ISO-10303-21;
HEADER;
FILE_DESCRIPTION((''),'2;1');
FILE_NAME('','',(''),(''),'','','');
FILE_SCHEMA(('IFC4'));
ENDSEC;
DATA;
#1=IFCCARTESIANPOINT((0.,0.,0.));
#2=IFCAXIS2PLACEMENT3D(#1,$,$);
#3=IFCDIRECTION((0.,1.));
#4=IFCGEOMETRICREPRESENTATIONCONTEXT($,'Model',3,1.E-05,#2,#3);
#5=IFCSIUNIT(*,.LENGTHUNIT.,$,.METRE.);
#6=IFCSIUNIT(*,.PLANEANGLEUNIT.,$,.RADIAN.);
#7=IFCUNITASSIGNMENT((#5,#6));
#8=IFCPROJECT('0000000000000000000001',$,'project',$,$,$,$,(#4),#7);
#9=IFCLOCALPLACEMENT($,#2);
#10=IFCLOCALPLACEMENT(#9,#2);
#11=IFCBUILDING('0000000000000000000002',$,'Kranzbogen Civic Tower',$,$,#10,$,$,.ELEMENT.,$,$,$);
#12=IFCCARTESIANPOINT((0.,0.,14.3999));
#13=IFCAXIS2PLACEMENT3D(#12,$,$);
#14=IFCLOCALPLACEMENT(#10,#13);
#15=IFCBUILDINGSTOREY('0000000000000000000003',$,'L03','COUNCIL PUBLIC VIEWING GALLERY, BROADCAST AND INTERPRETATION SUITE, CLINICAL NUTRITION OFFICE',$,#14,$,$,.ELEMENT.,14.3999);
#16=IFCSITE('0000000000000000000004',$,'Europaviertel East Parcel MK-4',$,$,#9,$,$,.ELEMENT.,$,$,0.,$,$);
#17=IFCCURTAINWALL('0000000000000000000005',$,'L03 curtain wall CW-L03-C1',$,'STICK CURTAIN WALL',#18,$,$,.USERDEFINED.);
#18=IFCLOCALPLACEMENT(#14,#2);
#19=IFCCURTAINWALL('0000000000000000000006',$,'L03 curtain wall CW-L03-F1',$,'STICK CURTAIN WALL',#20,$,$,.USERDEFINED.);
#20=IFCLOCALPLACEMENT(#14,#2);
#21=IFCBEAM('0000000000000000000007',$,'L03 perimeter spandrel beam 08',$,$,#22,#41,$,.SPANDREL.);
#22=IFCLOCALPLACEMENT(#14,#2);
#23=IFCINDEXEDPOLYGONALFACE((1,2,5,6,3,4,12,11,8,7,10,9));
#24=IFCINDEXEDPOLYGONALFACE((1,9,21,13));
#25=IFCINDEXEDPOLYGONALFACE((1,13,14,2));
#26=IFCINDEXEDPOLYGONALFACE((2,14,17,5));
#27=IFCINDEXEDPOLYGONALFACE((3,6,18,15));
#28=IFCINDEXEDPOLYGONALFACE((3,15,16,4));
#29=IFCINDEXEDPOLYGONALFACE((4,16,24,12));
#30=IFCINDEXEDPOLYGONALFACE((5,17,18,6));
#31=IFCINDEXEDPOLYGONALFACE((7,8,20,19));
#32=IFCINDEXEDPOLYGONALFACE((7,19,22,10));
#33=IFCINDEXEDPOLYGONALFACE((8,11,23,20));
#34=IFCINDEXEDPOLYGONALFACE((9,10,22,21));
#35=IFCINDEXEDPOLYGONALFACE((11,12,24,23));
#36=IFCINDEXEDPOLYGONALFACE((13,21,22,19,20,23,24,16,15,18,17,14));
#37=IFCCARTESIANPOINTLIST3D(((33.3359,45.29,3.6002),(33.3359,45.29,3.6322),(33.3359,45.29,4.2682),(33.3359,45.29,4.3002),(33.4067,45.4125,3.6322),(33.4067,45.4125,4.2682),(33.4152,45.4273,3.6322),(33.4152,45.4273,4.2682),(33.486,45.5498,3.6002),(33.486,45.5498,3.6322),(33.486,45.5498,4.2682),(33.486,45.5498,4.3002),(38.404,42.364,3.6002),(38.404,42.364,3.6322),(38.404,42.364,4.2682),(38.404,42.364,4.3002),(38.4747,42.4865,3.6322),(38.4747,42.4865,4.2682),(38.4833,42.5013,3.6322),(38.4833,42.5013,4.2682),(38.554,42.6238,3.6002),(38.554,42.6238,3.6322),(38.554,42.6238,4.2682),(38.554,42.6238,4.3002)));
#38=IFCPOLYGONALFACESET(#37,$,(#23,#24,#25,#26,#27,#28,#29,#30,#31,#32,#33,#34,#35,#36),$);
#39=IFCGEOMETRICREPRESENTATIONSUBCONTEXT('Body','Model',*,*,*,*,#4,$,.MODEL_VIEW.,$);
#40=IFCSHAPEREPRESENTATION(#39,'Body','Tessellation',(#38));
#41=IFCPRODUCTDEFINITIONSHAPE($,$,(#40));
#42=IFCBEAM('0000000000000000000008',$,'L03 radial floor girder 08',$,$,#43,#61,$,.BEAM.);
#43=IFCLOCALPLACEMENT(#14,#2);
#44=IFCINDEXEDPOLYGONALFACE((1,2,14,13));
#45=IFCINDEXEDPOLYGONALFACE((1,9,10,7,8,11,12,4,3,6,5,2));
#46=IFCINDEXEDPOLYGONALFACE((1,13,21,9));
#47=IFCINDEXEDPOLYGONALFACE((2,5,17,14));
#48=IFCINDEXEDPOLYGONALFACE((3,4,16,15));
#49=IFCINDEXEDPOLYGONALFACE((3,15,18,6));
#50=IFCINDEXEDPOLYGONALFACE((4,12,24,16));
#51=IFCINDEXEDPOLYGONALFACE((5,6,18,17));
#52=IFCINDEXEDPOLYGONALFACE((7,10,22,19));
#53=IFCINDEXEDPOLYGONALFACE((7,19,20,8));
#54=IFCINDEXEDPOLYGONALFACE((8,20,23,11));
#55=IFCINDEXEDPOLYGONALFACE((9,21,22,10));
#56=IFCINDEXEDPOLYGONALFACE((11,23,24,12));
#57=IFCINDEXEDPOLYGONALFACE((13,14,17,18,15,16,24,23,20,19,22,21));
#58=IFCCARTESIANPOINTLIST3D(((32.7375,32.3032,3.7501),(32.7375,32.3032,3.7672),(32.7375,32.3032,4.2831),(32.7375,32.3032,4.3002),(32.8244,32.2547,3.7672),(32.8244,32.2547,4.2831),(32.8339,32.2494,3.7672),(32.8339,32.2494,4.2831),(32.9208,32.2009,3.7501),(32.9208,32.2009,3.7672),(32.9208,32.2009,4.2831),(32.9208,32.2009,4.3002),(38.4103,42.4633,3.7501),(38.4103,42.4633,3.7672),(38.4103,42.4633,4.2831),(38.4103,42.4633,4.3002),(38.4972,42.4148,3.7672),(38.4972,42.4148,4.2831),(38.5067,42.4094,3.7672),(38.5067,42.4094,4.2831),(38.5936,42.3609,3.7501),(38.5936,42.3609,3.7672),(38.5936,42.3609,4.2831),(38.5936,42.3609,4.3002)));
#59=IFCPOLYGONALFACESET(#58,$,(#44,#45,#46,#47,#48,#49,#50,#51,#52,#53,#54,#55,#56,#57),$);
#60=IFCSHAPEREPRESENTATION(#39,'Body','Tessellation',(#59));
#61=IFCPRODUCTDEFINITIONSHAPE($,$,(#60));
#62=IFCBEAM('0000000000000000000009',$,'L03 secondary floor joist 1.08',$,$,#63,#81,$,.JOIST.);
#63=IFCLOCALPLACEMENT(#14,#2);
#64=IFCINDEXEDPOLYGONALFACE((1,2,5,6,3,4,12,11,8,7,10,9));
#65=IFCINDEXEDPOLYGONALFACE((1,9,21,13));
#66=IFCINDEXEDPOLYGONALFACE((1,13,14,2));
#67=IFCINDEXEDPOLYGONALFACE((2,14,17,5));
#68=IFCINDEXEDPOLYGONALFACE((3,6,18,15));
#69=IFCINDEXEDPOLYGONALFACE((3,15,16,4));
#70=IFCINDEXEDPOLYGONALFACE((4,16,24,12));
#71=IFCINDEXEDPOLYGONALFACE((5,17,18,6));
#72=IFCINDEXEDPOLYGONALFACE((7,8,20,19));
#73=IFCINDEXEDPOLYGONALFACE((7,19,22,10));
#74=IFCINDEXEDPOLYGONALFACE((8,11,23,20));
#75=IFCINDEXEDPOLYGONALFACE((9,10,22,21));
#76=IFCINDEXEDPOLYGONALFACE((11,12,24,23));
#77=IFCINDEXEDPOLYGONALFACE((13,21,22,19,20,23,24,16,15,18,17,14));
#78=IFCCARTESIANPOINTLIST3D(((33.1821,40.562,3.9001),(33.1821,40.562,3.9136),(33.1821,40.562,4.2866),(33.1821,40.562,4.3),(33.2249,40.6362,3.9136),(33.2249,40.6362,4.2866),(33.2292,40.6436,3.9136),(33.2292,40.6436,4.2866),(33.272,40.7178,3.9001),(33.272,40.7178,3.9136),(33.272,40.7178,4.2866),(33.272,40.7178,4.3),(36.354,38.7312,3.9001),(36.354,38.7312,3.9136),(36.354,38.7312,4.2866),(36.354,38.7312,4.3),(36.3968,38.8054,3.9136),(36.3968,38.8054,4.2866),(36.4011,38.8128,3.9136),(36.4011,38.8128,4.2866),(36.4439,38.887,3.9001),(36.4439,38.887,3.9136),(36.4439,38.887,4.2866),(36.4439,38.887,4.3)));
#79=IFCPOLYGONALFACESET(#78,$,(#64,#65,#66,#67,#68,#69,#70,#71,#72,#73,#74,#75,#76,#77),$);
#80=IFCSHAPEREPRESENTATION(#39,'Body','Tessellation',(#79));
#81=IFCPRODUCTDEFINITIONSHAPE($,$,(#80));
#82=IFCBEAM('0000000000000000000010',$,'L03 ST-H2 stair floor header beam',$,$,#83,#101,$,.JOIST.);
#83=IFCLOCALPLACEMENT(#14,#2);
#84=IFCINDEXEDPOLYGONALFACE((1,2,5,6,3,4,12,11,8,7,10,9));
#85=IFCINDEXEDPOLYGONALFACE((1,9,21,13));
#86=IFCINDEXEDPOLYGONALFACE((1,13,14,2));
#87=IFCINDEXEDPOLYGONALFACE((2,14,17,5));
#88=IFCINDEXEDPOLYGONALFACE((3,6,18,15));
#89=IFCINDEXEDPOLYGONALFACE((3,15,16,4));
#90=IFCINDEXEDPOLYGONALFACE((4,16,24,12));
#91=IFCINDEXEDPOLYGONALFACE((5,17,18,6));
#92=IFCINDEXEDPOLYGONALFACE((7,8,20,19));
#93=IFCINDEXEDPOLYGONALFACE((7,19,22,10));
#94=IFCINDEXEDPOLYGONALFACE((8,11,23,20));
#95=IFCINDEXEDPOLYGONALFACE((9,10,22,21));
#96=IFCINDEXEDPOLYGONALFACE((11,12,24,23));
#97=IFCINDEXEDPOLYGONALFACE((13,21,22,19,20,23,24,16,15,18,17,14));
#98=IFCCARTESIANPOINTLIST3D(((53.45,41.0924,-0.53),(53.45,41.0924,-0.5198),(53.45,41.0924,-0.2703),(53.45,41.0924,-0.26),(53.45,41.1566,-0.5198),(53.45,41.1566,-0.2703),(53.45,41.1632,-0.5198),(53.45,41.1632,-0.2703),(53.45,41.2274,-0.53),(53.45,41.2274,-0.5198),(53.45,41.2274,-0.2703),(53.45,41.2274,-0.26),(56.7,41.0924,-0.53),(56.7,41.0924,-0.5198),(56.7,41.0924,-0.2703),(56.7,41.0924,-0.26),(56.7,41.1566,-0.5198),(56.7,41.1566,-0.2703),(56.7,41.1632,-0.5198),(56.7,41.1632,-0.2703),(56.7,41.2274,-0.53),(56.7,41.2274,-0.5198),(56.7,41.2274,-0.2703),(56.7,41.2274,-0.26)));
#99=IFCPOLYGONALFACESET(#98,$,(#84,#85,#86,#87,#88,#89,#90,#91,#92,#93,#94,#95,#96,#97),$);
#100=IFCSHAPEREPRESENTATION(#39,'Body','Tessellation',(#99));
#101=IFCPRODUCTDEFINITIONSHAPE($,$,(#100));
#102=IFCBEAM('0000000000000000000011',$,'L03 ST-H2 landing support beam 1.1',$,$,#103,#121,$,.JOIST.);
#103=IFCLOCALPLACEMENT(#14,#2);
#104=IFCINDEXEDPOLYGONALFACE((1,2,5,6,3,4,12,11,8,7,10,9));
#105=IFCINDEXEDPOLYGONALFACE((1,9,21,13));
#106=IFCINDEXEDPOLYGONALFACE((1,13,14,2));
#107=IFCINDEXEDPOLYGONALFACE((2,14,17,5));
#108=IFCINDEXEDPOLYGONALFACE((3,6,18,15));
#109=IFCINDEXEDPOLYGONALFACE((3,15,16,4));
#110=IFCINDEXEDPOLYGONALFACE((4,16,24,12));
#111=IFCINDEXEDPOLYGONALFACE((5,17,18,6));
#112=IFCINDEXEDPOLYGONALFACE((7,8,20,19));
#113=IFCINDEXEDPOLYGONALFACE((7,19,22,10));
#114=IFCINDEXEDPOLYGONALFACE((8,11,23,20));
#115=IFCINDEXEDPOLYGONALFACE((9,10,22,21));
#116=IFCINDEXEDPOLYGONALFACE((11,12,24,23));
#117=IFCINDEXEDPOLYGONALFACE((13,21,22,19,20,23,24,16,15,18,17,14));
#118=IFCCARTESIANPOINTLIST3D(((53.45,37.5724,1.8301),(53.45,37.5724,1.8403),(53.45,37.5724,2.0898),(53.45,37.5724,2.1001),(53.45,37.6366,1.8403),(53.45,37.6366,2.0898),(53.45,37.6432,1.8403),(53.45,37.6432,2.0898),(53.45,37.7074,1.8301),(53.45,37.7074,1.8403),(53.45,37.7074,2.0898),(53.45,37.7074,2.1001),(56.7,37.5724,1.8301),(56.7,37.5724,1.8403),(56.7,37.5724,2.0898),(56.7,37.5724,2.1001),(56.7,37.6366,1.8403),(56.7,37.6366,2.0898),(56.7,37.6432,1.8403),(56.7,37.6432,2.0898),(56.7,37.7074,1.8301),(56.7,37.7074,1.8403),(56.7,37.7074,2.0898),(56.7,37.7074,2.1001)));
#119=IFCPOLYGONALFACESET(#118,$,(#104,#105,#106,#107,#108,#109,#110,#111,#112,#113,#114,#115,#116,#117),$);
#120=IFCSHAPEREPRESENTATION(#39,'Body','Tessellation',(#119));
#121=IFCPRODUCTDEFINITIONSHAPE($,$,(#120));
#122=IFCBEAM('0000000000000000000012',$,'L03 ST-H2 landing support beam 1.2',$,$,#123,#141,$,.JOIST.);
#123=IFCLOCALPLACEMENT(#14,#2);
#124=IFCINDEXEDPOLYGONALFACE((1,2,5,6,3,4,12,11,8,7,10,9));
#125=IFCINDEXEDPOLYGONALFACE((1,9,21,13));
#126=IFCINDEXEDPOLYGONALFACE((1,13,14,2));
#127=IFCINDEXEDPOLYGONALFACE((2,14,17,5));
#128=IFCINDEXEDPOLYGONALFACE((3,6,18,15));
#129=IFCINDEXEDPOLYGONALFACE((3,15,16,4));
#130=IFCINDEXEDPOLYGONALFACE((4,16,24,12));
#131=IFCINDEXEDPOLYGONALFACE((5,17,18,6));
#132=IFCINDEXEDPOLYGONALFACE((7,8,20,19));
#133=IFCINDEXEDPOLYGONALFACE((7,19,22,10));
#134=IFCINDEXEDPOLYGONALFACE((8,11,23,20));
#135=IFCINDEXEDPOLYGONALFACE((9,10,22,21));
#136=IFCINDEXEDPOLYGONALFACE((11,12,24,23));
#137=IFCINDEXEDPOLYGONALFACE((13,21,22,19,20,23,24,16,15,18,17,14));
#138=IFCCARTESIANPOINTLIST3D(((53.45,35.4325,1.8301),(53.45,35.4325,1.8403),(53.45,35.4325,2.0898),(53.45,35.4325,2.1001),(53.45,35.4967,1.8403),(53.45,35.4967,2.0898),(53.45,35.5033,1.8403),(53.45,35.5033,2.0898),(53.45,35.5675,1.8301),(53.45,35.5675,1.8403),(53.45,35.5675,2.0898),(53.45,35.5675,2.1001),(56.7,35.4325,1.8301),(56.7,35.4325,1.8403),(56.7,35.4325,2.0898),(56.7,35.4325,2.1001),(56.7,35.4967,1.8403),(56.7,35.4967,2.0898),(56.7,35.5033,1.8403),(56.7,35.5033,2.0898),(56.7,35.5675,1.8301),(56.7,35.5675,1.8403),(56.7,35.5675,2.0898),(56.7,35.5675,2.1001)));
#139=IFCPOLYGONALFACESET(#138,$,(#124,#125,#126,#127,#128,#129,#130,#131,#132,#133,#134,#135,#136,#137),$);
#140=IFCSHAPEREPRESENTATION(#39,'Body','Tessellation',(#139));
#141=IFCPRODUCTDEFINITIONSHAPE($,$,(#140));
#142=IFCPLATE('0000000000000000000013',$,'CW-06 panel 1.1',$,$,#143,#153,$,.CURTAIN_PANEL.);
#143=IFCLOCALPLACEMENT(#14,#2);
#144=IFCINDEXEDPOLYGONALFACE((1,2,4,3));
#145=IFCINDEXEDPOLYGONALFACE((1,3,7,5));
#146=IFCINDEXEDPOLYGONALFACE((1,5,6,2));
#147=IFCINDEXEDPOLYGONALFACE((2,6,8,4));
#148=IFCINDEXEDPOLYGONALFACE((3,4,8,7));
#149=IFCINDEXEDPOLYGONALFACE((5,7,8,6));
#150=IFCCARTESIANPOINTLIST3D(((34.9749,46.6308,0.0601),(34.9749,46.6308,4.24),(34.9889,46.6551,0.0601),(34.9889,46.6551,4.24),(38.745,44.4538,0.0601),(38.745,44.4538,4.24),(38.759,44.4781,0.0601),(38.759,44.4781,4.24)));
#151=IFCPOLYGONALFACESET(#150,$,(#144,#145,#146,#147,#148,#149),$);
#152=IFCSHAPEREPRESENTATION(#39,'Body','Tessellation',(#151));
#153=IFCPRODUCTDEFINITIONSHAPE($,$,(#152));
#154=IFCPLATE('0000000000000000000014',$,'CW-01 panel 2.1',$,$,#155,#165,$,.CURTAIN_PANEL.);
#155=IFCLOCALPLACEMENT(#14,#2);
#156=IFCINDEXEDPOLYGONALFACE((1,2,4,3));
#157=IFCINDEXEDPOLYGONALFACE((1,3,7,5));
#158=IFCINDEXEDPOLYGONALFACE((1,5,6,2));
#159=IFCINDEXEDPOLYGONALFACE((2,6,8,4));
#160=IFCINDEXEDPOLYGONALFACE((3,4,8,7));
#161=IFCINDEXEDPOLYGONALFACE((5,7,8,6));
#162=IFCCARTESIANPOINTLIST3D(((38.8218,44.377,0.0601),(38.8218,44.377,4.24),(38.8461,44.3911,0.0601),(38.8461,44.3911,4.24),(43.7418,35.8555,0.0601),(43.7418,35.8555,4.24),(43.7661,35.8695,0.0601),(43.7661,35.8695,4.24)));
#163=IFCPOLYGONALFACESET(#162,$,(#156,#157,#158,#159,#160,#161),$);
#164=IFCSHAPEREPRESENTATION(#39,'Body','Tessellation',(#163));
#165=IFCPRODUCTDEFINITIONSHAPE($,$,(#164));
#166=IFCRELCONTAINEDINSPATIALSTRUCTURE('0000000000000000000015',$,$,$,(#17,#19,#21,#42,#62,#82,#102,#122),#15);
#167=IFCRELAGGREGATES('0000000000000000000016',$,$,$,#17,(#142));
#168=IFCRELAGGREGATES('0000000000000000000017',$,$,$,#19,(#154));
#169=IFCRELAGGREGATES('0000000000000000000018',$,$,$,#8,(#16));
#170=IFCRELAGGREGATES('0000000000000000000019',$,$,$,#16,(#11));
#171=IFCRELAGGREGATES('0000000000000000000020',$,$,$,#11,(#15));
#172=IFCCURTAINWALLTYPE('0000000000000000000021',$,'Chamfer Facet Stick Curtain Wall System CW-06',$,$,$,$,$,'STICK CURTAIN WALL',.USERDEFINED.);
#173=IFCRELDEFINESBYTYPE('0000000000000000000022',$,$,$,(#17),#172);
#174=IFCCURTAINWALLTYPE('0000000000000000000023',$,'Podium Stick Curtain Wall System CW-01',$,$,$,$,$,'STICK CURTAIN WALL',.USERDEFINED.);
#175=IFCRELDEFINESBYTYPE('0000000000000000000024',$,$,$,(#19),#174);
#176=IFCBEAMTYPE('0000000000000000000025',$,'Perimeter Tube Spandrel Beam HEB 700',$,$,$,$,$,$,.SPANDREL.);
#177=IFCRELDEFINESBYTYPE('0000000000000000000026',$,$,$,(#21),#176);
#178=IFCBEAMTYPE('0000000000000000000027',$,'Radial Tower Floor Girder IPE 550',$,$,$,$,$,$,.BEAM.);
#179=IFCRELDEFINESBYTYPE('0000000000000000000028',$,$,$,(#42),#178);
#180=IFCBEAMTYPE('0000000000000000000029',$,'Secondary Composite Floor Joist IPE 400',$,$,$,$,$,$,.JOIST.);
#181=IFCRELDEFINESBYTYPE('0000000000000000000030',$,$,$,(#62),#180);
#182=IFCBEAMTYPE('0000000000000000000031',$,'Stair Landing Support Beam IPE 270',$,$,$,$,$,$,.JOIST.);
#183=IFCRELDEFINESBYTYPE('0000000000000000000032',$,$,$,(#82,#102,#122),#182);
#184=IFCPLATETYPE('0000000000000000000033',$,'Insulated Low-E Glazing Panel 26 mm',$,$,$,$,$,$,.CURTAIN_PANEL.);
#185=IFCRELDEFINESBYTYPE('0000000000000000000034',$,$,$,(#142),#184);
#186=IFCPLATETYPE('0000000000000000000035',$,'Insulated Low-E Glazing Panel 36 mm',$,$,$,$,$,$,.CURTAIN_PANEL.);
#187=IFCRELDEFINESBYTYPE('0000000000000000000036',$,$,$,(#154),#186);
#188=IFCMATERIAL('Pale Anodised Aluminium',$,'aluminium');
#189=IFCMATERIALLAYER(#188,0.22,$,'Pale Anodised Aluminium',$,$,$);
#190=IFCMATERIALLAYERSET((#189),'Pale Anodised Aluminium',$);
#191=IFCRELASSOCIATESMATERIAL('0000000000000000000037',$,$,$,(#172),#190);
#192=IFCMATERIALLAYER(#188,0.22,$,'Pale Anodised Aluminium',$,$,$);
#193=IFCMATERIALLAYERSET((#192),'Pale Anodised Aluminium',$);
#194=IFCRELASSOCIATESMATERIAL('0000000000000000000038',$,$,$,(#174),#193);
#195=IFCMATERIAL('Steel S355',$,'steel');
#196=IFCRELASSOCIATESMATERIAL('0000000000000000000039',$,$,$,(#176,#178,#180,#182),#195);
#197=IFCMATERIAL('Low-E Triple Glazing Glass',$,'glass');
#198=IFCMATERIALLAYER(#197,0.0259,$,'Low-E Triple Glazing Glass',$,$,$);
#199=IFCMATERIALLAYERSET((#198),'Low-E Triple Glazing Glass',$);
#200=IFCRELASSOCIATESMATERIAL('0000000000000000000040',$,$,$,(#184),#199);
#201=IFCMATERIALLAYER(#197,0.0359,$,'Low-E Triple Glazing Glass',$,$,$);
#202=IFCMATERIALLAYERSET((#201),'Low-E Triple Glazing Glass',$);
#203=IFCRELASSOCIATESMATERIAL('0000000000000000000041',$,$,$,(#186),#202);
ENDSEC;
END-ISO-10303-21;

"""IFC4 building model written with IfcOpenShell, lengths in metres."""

from ifc_helpers import new_model, si_unit, direction, frame, origin, origin_2d, place, context, subcontext, project, spatial, rectangle, i_section, extrude, material, layer, layer_set, material_profile, profile_set, type_object, element, aggregate, save


model = new_model("IFC4")

# Units and contexts
model_context = context("Model", 3, precision=1e-05, world=origin(), true_north=direction((0.0, 1.0)))
body_context = subcontext(model_context, "Body", "Model", "MODEL_VIEW")
ifc_project = project(units=[si_unit("LENGTHUNIT", "METRE"), si_unit("PLANEANGLEUNIT", "RADIAN")], contexts=[model_context])

# Site, building, storey
site_placement = place(None, origin())
site = spatial("IfcSite", under=ifc_project, at=site_placement, Name="Europaviertel East Parcel MK-4", CompositionType="ELEMENT", RefElevation=0.0)
building_placement = place(site_placement, origin())
building = spatial("IfcBuilding", under=site, at=building_placement, Name="Kranzbogen Civic Tower", CompositionType="ELEMENT")
storey_placement = place(building_placement, frame((0.0, 0.0, 14.3999)))
storey = spatial("IfcBuildingStorey", under=building, at=storey_placement, Name="L03", Description="COUNCIL PUBLIC VIEWING GALLERY, BROADCAST AND INTERPRETATION SUITE, CLINICAL NUTRITION OFFICE", CompositionType="ELEMENT", Elevation=14.3999)

# Curtain wall
ifc_material_1 = material(Name="Pale Anodised Aluminium", Category="aluminium")
ifc_layer_1 = layer(ifc_material_1, 0.22, Name="Pale Anodised Aluminium")
ifc_layer_set_1 = layer_set([ifc_layer_1], Name="Pale Anodised Aluminium")
curtain_wall_type_1 = type_object("IfcCurtainWallType", Name="Chamfer Facet Stick Curtain Wall System CW-06", ElementType="STICK CURTAIN WALL", PredefinedType="USERDEFINED", material=ifc_layer_set_1)
curtain_wall_1_placement = place(storey_placement, origin())
curtain_wall_1 = element("IfcCurtainWall", 1, at=curtain_wall_1_placement, inside=storey, type_object=curtain_wall_type_1, Name="L03 curtain wall CW-L03-C1", ObjectType="STICK CURTAIN WALL", PredefinedType="USERDEFINED")

# Curtain wall
ifc_layer_2 = layer(ifc_material_1, 0.22, Name="Pale Anodised Aluminium")
ifc_layer_set_2 = layer_set([ifc_layer_2], Name="Pale Anodised Aluminium")
curtain_wall_type_2 = type_object("IfcCurtainWallType", Name="Podium Stick Curtain Wall System CW-01", ElementType="STICK CURTAIN WALL", PredefinedType="USERDEFINED", material=ifc_layer_set_2)
curtain_wall_2_placement = place(storey_placement, origin())
curtain_wall_2 = element("IfcCurtainWall", 2, at=curtain_wall_2_placement, inside=storey, type_object=curtain_wall_type_2, Name="L03 curtain wall CW-L03-F1", ObjectType="STICK CURTAIN WALL", PredefinedType="USERDEFINED")

# Beams
ifc_material_2 = material(Name="Steel S355", Category="steel")
ifc_material_profile_1 = material_profile(ifc_material_2, i_section(OverallWidth=0.3, OverallDepth=0.7, WebThickness=0.0171, FlangeThickness=0.032, at=origin_2d()), Name="HEB 700")
ifc_profile_set_1 = profile_set([ifc_material_profile_1], Name="Steel S355")
beam_type_1 = type_object("IfcBeamType", Name="Perimeter Tube Spandrel Beam HEB 700", PredefinedType="SPANDREL", material=ifc_profile_set_1)
beam_1_placement = place(storey_placement, frame((38.479, 42.4939, 3.9502), z_axis=(-0.866029, 0.499993, 0.0), x_axis=(-0.499993, -0.866029, 0.0)))
element("IfcBeam", 3, at=beam_1_placement, inside=storey, type_object=beam_type_1, Name="L03 perimeter spandrel beam 08", PredefinedType="SPANDREL", context=body_context, shape_type="SweptSolid", body=[
    extrude(i_section(OverallWidth=0.3, OverallDepth=0.7, WebThickness=0.0171, FlangeThickness=0.032, at=origin_2d()), origin(), (0.0, 0.0, 1.0), 5.8521),
])
ifc_material_profile_2 = material_profile(ifc_material_2, i_section(OverallWidth=0.21, OverallDepth=0.55, WebThickness=0.011, FlangeThickness=0.0171, at=origin_2d()), Name="IPE 550")
ifc_profile_set_2 = profile_set([ifc_material_profile_2], Name="Steel S355")
beam_type_2 = type_object("IfcBeamType", Name="Radial Tower Floor Girder IPE 550", PredefinedType="BEAM", material=ifc_profile_set_2)
beam_2_placement = place(storey_placement, frame((38.502, 42.4121, 4.0251), z_axis=(-0.487502, -0.873122, 0.0), x_axis=(0.873122, -0.487502, 0.0)))
element("IfcBeam", 4, at=beam_2_placement, inside=storey, type_object=beam_type_2, Name="L03 radial floor girder 08", PredefinedType="BEAM", context=body_context, shape_type="SweptSolid", body=[
    extrude(i_section(OverallWidth=0.21, OverallDepth=0.55, WebThickness=0.011, FlangeThickness=0.0171, at=origin_2d()), origin(), (0.0, 0.0, 1.0), 11.6365),
])
ifc_material_profile_3 = material_profile(ifc_material_2, i_section(OverallWidth=0.1799, OverallDepth=0.3999, WebThickness=0.0085, FlangeThickness=0.0134, at=origin_2d()), Name="IPE 400")
ifc_profile_set_3 = profile_set([ifc_material_profile_3], Name="Steel S355")
beam_type_3 = type_object("IfcBeamType", Name="Secondary Composite Floor Joist IPE 400", PredefinedType="JOIST", material=ifc_profile_set_3)
beam_3_placement = place(storey_placement, frame((36.3989, 38.8091, 4.1001), z_axis=(-0.866081, 0.499903, 0.0), x_axis=(-0.499903, -0.866081, 0.0)))
element("IfcBeam", 5, at=beam_3_placement, inside=storey, type_object=beam_type_3, Name="L03 secondary floor joist 1.08", PredefinedType="JOIST", context=body_context, shape_type="SweptSolid", body=[
    extrude(i_section(OverallWidth=0.1799, OverallDepth=0.3999, WebThickness=0.0085, FlangeThickness=0.0134, at=origin_2d()), origin(), (0.0, 0.0, 1.0), 3.6624),
])
ifc_material_profile_4 = material_profile(ifc_material_2, i_section(OverallWidth=0.135, OverallDepth=0.27, WebThickness=0.0066, FlangeThickness=0.0103, at=origin_2d()), Name="IPE 270")
ifc_profile_set_4 = profile_set([ifc_material_profile_4], Name="Steel S355")
beam_type_4 = type_object("IfcBeamType", Name="Stair Landing Support Beam IPE 270", PredefinedType="JOIST", material=ifc_profile_set_4)
for number, where, z_axis, x_axis, name in (
    (6, (53.45, 41.1599, -0.395), (1.0, 0.0, 0.0), (0.0, 1.0, 0.0), "L03 ST-H2 stair floor header beam"),
    (7, (53.45, 37.6399, 1.9651), (1.0, 0.0, 0.0), (0.0, 1.0, 0.0), "L03 ST-H2 landing support beam 1.1"),
    (8, (53.45, 35.5, 1.9651), (1.0, 0.0, 0.0), (0.0, 1.0, 0.0), "L03 ST-H2 landing support beam 1.2"),
):
    element("IfcBeam", number, at=place(storey_placement, frame(where, z_axis=z_axis, x_axis=x_axis)), inside=storey, type_object=beam_type_4, Name=name, PredefinedType="JOIST", context=body_context, shape_type="SweptSolid", body=[
        extrude(i_section(OverallWidth=0.135, OverallDepth=0.27, WebThickness=0.0066, FlangeThickness=0.0103, at=origin_2d()), origin(), (0.0, 0.0, 1.0), 3.25),
    ])

# Plates
ifc_material_3 = material(Name="Low-E Triple Glazing Glass", Category="glass")
ifc_layer_3 = layer(ifc_material_3, 0.0259, Name="Low-E Triple Glazing Glass")
ifc_layer_set_3 = layer_set([ifc_layer_3], Name="Low-E Triple Glazing Glass")
plate_type_1 = type_object("IfcPlateType", Name="Insulated Low-E Glazing Panel 26 mm", PredefinedType="CURTAIN_PANEL", material=ifc_layer_set_3)
plate_1_placement = place(storey_placement, frame((36.8669, 45.5544, 0.0601), z_axis=(0.0, 0.0, 1.0), x_axis=(-0.865992, 0.500058, 0.0)))
plate_1 = element("IfcPlate", 9, at=plate_1_placement, type_object=plate_type_1, Name="CW-06 panel 1.1", PredefinedType="CURTAIN_PANEL", context=body_context, shape_type="SweptSolid", body=[
    extrude(rectangle(XDim=4.3535, YDim=0.0281, at=origin_2d()), origin(), (0.0, 0.0, 1.0), 4.1799),
])
aggregate(curtain_wall_1, [plate_1])
ifc_layer_4 = layer(ifc_material_3, 0.0359, Name="Low-E Triple Glazing Glass")
ifc_layer_set_4 = layer_set([ifc_layer_4], Name="Low-E Triple Glazing Glass")
plate_type_2 = type_object("IfcPlateType", Name="Insulated Low-E Glazing Panel 36 mm", PredefinedType="CURTAIN_PANEL", material=ifc_layer_set_4)
plate_2_placement = place(storey_placement, frame((41.2939, 40.1233, 0.0601), z_axis=(0.0, 0.0, 1.0), x_axis=(-0.500006, 0.866022, 0.0)))
plate_2 = element("IfcPlate", 10, at=plate_2_placement, type_object=plate_type_2, Name="CW-01 panel 2.1", PredefinedType="CURTAIN_PANEL", context=body_context, shape_type="SweptSolid", body=[
    extrude(rectangle(XDim=9.8398, YDim=0.0281, at=origin_2d()), origin(), (0.0, 0.0, 1.0), 4.1799),
])
aggregate(curtain_wall_2, [plate_2])

save(model, "model.ifc")
